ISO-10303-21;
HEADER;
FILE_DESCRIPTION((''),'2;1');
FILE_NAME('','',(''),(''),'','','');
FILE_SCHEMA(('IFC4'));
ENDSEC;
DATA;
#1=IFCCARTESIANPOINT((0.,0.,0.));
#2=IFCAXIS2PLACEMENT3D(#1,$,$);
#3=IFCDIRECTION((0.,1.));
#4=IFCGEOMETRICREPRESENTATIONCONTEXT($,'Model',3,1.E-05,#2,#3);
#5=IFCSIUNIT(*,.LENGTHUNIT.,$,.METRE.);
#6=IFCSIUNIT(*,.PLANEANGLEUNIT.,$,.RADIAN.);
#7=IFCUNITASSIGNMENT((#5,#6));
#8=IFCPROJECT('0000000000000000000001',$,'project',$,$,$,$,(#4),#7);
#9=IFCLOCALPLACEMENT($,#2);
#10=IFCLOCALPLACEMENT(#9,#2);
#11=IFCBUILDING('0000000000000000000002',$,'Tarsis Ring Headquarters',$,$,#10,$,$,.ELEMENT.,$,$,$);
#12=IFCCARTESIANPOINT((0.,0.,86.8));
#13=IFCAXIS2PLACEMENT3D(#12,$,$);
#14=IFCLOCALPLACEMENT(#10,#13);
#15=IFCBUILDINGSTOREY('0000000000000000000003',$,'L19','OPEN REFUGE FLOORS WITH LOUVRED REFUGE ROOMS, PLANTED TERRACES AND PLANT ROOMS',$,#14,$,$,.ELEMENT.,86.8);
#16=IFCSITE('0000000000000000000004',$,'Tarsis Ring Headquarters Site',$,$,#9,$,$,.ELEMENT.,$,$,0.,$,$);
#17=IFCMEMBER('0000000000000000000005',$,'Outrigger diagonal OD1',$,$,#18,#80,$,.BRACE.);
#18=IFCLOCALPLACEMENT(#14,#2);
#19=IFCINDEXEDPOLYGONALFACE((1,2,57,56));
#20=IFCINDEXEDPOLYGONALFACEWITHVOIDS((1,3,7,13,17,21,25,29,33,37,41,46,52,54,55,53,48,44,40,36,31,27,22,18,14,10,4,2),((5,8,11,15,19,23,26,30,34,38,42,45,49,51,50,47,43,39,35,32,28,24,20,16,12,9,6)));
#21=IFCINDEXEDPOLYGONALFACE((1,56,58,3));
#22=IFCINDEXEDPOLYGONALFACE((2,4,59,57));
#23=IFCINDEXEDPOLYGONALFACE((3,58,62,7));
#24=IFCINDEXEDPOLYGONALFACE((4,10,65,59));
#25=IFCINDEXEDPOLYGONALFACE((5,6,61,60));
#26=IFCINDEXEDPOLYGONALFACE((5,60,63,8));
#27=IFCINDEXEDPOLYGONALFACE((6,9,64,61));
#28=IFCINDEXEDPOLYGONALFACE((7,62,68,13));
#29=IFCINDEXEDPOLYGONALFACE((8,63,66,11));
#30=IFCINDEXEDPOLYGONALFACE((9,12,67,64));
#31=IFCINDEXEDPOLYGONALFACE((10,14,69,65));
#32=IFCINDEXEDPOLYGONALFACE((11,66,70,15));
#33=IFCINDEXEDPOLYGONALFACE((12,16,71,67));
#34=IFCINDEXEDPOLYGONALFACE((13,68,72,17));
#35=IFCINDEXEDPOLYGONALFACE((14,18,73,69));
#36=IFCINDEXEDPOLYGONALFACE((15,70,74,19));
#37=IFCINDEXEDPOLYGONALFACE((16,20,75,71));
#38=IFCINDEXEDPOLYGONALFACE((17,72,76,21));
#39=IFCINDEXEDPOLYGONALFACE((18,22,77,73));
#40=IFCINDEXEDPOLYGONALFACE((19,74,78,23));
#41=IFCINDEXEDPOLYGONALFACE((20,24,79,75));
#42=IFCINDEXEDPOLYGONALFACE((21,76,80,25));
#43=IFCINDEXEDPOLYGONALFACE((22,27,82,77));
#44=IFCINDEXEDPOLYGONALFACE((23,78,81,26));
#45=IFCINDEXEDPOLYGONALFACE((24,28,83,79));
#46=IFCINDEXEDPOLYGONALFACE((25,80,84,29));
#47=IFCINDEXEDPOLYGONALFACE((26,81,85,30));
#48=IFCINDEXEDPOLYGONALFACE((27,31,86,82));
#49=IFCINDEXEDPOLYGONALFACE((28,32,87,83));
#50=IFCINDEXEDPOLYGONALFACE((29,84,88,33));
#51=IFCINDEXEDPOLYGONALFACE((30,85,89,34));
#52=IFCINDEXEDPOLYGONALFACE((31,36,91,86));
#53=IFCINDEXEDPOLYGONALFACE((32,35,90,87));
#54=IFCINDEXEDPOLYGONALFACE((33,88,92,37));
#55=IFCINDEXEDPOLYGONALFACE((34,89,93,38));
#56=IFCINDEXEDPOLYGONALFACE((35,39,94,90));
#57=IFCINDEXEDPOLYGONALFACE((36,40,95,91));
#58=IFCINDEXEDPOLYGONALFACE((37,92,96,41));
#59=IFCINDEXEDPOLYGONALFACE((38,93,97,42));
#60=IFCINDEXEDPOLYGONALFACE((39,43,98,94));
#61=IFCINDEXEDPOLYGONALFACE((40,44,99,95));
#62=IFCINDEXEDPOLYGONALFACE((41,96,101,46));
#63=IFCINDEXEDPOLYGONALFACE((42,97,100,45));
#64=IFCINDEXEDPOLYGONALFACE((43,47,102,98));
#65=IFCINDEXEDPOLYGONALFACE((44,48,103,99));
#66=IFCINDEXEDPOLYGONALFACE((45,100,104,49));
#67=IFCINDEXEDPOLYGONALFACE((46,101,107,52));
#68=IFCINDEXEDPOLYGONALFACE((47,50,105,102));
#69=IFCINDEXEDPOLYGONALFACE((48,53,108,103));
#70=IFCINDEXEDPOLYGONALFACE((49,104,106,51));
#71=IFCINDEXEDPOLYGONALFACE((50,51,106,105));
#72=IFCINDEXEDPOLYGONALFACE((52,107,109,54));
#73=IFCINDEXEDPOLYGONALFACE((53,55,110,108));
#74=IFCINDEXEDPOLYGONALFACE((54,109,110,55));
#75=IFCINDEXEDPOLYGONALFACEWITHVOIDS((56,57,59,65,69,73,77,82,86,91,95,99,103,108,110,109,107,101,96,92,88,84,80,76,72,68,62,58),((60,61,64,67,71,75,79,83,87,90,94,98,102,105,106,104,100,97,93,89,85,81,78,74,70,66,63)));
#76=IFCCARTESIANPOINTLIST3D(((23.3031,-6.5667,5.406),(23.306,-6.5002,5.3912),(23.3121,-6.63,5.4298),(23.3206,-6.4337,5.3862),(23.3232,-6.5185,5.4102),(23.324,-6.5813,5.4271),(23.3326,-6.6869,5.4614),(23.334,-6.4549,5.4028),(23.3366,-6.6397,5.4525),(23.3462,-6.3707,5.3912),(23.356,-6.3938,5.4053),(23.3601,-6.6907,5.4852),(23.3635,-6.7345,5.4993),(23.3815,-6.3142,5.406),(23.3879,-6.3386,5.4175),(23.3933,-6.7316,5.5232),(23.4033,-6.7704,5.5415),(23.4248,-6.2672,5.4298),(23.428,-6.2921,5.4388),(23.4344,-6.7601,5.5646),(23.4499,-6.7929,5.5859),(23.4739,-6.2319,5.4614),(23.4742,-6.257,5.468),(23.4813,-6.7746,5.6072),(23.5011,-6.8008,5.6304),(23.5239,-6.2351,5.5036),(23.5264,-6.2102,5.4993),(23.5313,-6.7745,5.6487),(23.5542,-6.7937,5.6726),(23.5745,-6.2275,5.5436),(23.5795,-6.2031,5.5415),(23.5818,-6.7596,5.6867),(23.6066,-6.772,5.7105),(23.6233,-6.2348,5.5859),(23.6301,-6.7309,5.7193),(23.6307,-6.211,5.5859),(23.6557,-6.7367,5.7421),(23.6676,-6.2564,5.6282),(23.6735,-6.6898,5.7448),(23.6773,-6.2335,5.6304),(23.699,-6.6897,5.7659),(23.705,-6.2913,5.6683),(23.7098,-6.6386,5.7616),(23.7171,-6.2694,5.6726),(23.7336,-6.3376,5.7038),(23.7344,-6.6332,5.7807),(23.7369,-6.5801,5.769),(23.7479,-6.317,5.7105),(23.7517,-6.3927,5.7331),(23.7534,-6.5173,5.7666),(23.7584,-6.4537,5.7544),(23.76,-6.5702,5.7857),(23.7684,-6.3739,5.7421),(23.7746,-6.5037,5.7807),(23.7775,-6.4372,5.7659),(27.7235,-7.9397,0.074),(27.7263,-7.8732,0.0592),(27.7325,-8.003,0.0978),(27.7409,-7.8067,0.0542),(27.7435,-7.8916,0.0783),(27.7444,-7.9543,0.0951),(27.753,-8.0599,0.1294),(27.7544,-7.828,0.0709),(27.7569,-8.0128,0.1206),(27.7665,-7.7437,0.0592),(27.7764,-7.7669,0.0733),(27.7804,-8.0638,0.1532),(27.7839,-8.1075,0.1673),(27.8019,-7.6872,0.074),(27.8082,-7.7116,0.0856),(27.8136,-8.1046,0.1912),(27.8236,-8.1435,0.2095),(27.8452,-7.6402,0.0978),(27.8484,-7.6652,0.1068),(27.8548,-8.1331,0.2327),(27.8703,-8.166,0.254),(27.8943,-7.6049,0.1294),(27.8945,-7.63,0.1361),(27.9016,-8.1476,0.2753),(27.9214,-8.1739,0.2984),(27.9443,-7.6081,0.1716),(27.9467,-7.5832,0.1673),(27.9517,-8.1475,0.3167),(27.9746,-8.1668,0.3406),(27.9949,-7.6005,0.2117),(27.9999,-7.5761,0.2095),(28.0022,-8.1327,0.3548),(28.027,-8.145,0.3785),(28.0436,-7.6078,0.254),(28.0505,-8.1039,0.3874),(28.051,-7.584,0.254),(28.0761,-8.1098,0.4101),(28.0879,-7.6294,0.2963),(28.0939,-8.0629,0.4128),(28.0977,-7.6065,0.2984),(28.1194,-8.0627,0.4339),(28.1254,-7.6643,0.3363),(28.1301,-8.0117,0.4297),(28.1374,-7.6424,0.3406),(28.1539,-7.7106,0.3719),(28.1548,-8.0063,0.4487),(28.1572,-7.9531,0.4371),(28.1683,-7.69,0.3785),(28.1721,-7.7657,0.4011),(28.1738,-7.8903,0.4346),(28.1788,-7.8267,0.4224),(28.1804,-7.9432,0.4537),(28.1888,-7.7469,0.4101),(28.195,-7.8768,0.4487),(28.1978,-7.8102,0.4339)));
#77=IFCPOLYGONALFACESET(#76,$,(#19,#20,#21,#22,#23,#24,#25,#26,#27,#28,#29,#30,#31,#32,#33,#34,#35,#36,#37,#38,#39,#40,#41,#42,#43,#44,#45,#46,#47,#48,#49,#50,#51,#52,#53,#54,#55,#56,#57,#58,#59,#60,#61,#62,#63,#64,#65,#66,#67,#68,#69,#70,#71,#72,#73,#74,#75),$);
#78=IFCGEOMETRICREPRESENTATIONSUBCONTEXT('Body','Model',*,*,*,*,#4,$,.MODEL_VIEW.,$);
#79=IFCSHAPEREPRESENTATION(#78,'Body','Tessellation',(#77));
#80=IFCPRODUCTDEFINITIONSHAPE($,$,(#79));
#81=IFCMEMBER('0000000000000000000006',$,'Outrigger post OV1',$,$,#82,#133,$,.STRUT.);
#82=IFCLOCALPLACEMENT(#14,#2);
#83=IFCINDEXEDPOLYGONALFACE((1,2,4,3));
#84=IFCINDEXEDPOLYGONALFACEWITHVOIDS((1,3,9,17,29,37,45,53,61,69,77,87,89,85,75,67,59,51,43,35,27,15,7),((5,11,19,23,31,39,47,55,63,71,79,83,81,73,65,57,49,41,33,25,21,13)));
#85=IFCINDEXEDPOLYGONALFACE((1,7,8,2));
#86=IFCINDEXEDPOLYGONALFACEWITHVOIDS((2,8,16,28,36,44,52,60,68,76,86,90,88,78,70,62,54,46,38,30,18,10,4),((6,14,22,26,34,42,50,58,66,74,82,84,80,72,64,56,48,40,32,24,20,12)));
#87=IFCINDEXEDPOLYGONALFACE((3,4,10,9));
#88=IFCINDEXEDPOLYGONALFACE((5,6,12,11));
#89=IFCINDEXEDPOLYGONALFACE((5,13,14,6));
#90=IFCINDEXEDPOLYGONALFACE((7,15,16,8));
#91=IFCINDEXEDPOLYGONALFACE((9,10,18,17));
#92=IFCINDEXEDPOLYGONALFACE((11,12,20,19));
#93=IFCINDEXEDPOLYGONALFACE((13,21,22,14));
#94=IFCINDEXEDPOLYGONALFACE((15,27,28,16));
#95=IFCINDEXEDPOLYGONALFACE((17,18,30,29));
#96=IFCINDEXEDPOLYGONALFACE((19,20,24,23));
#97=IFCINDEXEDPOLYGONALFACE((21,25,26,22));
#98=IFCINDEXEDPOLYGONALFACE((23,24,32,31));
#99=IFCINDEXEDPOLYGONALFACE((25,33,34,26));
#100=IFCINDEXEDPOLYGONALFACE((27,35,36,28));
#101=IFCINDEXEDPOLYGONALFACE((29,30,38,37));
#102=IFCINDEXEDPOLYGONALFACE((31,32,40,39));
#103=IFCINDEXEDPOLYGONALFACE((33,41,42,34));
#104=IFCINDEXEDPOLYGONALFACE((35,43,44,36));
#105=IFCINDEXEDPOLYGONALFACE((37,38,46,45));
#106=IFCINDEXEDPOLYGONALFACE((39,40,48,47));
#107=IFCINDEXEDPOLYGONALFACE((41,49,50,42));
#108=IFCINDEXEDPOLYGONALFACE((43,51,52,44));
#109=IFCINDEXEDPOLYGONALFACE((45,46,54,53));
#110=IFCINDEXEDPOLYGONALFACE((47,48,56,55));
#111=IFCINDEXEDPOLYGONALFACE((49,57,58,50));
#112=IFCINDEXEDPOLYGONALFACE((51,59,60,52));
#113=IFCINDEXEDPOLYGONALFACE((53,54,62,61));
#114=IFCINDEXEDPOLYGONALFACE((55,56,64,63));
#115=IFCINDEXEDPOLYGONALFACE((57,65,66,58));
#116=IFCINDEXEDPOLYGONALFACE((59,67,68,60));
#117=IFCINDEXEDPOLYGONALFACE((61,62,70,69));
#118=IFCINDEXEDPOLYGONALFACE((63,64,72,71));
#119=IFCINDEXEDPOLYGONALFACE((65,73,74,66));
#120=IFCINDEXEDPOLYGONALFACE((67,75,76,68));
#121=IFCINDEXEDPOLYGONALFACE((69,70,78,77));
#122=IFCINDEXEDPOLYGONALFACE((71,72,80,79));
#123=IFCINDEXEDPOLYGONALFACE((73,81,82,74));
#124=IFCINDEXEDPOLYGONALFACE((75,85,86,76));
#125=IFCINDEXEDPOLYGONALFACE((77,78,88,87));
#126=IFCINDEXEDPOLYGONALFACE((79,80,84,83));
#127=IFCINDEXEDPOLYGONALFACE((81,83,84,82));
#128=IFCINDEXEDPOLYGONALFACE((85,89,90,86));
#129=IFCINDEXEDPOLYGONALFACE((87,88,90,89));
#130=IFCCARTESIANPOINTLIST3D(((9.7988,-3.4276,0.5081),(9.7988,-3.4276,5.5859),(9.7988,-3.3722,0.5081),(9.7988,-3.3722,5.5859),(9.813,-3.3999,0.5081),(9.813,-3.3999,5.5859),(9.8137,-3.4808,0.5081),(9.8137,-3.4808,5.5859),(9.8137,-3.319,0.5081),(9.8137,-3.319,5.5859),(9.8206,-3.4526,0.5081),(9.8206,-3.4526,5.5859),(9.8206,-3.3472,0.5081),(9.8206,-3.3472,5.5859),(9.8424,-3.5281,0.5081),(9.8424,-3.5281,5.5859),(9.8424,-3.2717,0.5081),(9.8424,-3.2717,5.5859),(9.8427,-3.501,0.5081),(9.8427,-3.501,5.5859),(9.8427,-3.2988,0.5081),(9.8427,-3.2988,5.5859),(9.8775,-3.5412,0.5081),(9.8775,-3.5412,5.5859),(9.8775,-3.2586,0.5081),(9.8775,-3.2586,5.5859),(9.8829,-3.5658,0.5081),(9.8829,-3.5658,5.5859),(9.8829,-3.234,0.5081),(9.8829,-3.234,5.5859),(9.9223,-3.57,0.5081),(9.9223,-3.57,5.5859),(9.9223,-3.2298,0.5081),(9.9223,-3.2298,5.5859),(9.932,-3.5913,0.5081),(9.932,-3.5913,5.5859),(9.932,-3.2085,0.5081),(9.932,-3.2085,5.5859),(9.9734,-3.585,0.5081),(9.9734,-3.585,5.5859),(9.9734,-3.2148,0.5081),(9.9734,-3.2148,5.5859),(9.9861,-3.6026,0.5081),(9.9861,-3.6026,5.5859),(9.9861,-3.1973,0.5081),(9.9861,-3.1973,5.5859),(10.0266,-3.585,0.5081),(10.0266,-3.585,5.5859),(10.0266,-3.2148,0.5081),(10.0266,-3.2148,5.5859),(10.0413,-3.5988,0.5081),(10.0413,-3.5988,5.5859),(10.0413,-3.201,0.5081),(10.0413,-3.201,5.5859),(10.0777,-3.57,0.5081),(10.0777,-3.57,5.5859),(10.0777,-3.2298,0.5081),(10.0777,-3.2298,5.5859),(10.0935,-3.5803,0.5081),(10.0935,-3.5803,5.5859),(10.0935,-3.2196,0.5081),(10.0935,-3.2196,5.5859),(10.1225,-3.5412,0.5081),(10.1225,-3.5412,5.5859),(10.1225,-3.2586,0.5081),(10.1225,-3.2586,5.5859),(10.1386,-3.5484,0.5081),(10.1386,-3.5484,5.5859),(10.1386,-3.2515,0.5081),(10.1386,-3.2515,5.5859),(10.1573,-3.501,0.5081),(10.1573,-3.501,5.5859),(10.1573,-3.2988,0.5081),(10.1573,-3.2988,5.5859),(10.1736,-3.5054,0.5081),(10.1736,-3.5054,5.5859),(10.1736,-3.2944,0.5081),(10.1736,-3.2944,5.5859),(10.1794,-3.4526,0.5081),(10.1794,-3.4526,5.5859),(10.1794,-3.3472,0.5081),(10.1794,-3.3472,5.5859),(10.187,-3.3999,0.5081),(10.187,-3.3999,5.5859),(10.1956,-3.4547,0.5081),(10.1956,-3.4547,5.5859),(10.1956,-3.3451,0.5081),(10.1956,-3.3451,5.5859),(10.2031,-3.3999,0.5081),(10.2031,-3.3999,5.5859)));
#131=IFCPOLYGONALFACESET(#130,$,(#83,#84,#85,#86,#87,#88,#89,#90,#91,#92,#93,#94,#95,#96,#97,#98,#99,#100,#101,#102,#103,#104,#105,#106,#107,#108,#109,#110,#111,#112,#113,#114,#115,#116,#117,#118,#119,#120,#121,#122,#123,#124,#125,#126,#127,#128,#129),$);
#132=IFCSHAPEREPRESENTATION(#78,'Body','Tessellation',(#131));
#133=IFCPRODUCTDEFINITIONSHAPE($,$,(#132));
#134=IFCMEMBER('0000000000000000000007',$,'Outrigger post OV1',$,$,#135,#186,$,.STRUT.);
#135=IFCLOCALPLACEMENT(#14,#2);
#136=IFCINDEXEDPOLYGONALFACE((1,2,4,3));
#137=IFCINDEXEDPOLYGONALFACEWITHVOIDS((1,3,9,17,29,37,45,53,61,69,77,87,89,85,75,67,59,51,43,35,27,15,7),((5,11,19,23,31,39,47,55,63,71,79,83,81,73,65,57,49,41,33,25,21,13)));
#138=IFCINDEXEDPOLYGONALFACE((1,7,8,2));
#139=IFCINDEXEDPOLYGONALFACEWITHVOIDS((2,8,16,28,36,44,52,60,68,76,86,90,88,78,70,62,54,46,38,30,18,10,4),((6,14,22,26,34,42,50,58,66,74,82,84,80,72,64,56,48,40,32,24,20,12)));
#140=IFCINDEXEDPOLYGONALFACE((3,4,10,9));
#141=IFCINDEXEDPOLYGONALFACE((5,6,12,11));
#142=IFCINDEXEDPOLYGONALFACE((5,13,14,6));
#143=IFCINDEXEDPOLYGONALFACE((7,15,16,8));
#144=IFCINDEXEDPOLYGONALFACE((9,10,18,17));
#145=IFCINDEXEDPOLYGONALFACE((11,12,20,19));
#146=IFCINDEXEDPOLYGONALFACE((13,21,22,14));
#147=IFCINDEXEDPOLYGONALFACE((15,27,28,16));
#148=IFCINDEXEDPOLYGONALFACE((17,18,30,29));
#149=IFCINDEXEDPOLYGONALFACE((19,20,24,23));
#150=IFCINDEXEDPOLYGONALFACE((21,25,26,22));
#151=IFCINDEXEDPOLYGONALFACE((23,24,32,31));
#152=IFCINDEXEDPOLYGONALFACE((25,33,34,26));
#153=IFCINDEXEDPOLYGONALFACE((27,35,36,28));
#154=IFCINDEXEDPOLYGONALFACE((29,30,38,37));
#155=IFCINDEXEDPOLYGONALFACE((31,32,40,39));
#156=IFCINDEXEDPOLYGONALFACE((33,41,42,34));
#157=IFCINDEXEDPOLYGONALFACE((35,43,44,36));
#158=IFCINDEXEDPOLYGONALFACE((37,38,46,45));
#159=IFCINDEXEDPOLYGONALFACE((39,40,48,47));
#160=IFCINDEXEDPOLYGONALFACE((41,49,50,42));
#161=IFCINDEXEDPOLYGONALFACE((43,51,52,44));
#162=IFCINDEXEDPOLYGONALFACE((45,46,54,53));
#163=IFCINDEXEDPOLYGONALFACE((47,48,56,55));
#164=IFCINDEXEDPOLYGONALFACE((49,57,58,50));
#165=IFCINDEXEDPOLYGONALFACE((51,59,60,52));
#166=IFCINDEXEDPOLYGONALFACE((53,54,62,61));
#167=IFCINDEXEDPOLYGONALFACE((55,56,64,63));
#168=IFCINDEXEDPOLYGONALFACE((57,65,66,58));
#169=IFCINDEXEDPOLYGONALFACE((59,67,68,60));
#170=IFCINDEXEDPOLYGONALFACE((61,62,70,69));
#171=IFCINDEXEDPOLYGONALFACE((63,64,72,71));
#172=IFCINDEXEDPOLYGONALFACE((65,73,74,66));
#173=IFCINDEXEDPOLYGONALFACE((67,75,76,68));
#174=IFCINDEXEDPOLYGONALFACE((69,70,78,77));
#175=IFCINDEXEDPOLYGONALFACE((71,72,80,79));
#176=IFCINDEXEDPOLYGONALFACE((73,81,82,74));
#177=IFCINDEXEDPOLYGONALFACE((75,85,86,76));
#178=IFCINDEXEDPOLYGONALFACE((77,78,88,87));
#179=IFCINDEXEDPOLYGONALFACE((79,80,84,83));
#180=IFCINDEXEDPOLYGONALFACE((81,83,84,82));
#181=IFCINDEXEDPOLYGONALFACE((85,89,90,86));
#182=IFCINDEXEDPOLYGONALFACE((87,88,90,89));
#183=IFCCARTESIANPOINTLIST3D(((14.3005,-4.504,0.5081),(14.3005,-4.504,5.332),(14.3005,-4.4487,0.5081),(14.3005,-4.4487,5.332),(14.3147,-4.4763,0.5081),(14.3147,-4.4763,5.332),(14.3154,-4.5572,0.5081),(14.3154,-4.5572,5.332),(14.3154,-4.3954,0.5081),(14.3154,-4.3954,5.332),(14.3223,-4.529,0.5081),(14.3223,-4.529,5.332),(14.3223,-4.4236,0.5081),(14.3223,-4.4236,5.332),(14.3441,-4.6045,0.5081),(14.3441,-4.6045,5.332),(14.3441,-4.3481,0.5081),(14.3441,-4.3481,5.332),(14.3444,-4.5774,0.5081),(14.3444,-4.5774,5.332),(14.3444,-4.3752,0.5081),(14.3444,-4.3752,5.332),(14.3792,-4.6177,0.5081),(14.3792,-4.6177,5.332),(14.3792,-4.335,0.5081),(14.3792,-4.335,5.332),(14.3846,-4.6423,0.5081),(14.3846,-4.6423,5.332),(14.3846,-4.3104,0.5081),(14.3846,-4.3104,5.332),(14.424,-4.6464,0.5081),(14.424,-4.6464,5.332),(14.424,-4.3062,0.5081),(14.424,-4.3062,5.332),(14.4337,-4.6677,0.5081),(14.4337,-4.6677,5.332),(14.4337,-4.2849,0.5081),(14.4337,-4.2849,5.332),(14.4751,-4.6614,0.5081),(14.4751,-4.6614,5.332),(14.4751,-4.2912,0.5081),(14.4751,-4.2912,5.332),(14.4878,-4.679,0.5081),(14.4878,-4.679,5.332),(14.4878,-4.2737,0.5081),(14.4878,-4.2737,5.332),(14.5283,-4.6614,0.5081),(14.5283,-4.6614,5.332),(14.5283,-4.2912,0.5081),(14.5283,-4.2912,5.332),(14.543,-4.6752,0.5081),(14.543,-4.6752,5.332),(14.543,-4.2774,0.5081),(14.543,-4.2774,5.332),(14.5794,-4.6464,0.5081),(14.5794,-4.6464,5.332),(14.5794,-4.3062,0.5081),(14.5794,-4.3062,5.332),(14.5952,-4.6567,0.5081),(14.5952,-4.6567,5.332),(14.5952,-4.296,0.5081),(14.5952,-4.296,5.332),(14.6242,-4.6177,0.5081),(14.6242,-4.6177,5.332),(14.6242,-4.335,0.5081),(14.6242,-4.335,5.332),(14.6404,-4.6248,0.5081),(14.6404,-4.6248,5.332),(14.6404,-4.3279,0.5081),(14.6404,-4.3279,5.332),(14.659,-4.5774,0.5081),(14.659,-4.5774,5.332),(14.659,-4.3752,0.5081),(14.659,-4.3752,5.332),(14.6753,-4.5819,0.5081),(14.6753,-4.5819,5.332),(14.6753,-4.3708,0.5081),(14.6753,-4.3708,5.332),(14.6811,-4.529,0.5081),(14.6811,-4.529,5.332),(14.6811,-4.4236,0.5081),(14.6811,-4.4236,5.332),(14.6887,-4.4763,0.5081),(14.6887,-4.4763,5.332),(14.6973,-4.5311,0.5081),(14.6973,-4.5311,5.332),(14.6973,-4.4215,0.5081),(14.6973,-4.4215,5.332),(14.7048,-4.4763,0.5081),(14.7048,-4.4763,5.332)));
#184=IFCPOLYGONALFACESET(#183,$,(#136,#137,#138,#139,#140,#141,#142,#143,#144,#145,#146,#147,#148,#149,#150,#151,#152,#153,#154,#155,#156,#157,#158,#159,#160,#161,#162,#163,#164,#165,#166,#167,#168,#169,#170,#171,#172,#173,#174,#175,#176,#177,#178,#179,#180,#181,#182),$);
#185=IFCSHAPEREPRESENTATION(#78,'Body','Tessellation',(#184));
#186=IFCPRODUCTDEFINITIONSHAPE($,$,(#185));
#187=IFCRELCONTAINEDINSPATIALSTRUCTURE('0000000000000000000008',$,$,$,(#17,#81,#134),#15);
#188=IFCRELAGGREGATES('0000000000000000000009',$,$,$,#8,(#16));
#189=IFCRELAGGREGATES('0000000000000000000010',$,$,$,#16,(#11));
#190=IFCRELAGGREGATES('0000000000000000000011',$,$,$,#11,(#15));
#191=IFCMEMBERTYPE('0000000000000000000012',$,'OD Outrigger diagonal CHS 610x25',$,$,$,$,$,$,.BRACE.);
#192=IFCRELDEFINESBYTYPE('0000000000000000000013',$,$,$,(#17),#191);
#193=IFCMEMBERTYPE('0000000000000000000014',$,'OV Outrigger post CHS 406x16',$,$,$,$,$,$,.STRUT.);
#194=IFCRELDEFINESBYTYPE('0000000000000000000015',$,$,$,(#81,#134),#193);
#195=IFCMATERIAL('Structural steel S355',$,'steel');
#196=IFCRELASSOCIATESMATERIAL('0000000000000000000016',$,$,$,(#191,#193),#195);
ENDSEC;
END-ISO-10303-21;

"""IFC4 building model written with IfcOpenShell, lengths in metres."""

from ifc_helpers import new_model, si_unit, direction, frame, origin, origin_2d, place, context, subcontext, project, spatial, hollow_circle, extrude, material, material_profile, profile_set, type_object, element, save


model = new_model("IFC4")

# Units and contexts
model_context = context("Model", 3, precision=1e-05, world=origin(), true_north=direction((0.0, 1.0)))
body_context = subcontext(model_context, "Body", "Model", "MODEL_VIEW")
ifc_project = project(units=[si_unit("LENGTHUNIT", "METRE"), si_unit("PLANEANGLEUNIT", "RADIAN")], contexts=[model_context])

# Site, building, storey
site_placement = place(None, origin())
site = spatial("IfcSite", under=ifc_project, at=site_placement, Name="Tarsis Ring Headquarters Site", CompositionType="ELEMENT", RefElevation=0.0)
building_placement = place(site_placement, origin())
building = spatial("IfcBuilding", under=site, at=building_placement, Name="Tarsis Ring Headquarters", CompositionType="ELEMENT")
storey_placement = place(building_placement, frame((0.0, 0.0, 86.8)))
storey = spatial("IfcBuildingStorey", under=building, at=storey_placement, Name="L19", Description="OPEN REFUGE FLOORS WITH LOUVRED REFUGE ROOMS, PLANTED TERRACES AND PLANT ROOMS", CompositionType="ELEMENT", Elevation=86.8)

# Shared definitions
ifc_material_1 = material(Name="Structural steel S355", Category="steel")

# Members
ifc_material_profile_1 = material_profile(ifc_material_1, hollow_circle(Radius=0.3047, WallThickness=0.0249, at=origin_2d()), Name="CHS 610x25")
ifc_profile_set_1 = profile_set([ifc_material_profile_1], Name="Structural steel S355")
member_type_1 = type_object("IfcMemberType", Name="OD Outrigger diagonal CHS 610x25", PredefinedType="BRACE", material=ifc_profile_set_1)
member_1_placement = place(storey_placement, frame((23.5403, -6.502, 5.5859), z_axis=(0.626044, -0.194459, -0.755152), x_axis=(0.296635, 0.954991, 0.0)))
element("IfcMember", 1, at=member_1_placement, inside=storey, type_object=member_type_1, Name="Outrigger diagonal OD1", PredefinedType="BRACE", context=body_context, shape_type="SweptSolid", body=[
    extrude(hollow_circle(Radius=0.3047, WallThickness=0.0249, at=origin_2d()), origin(), (0.0, 0.0, 1.0), 7.0608),
])
ifc_material_profile_2 = material_profile(ifc_material_1, hollow_circle(Radius=0.2031, WallThickness=0.0161, at=origin_2d()), Name="CHS 406x16")
ifc_profile_set_2 = profile_set([ifc_material_profile_2], Name="Structural steel S355")
member_type_2 = type_object("IfcMemberType", Name="OV Outrigger post CHS 406x16", PredefinedType="STRUT", material=ifc_profile_set_2)
member_2_placement = place(storey_placement, frame((10.0, -3.3999, 0.5081), z_axis=(0.0, 0.0, 1.0), x_axis=(1.0, 0.0, 0.0)))
element("IfcMember", 2, at=member_2_placement, inside=storey, type_object=member_type_2, Name="Outrigger post OV1", PredefinedType="STRUT", context=body_context, shape_type="SweptSolid", body=[
    extrude(hollow_circle(Radius=0.2031, WallThickness=0.0161, at=origin_2d()), origin(), (0.0, 0.0, 1.0), 5.0779),
])
for number, where, z_axis, x_axis, name in (
    (3, (14.5017, -4.4763, 0.5081), (0.0, 0.0, 1.0), (1.0, 0.0, 0.0), "Outrigger post OV1"),
):
    element("IfcMember", number, at=place(storey_placement, frame(where, z_axis=z_axis, x_axis=x_axis)), inside=storey, type_object=member_type_2, Name=name, PredefinedType="STRUT", context=body_context, shape_type="SweptSolid", body=[
        extrude(hollow_circle(Radius=0.2031, WallThickness=0.0161, at=origin_2d()), origin(), (0.0, 0.0, 1.0), 4.824),
    ])

save(model, "model.ifc")
